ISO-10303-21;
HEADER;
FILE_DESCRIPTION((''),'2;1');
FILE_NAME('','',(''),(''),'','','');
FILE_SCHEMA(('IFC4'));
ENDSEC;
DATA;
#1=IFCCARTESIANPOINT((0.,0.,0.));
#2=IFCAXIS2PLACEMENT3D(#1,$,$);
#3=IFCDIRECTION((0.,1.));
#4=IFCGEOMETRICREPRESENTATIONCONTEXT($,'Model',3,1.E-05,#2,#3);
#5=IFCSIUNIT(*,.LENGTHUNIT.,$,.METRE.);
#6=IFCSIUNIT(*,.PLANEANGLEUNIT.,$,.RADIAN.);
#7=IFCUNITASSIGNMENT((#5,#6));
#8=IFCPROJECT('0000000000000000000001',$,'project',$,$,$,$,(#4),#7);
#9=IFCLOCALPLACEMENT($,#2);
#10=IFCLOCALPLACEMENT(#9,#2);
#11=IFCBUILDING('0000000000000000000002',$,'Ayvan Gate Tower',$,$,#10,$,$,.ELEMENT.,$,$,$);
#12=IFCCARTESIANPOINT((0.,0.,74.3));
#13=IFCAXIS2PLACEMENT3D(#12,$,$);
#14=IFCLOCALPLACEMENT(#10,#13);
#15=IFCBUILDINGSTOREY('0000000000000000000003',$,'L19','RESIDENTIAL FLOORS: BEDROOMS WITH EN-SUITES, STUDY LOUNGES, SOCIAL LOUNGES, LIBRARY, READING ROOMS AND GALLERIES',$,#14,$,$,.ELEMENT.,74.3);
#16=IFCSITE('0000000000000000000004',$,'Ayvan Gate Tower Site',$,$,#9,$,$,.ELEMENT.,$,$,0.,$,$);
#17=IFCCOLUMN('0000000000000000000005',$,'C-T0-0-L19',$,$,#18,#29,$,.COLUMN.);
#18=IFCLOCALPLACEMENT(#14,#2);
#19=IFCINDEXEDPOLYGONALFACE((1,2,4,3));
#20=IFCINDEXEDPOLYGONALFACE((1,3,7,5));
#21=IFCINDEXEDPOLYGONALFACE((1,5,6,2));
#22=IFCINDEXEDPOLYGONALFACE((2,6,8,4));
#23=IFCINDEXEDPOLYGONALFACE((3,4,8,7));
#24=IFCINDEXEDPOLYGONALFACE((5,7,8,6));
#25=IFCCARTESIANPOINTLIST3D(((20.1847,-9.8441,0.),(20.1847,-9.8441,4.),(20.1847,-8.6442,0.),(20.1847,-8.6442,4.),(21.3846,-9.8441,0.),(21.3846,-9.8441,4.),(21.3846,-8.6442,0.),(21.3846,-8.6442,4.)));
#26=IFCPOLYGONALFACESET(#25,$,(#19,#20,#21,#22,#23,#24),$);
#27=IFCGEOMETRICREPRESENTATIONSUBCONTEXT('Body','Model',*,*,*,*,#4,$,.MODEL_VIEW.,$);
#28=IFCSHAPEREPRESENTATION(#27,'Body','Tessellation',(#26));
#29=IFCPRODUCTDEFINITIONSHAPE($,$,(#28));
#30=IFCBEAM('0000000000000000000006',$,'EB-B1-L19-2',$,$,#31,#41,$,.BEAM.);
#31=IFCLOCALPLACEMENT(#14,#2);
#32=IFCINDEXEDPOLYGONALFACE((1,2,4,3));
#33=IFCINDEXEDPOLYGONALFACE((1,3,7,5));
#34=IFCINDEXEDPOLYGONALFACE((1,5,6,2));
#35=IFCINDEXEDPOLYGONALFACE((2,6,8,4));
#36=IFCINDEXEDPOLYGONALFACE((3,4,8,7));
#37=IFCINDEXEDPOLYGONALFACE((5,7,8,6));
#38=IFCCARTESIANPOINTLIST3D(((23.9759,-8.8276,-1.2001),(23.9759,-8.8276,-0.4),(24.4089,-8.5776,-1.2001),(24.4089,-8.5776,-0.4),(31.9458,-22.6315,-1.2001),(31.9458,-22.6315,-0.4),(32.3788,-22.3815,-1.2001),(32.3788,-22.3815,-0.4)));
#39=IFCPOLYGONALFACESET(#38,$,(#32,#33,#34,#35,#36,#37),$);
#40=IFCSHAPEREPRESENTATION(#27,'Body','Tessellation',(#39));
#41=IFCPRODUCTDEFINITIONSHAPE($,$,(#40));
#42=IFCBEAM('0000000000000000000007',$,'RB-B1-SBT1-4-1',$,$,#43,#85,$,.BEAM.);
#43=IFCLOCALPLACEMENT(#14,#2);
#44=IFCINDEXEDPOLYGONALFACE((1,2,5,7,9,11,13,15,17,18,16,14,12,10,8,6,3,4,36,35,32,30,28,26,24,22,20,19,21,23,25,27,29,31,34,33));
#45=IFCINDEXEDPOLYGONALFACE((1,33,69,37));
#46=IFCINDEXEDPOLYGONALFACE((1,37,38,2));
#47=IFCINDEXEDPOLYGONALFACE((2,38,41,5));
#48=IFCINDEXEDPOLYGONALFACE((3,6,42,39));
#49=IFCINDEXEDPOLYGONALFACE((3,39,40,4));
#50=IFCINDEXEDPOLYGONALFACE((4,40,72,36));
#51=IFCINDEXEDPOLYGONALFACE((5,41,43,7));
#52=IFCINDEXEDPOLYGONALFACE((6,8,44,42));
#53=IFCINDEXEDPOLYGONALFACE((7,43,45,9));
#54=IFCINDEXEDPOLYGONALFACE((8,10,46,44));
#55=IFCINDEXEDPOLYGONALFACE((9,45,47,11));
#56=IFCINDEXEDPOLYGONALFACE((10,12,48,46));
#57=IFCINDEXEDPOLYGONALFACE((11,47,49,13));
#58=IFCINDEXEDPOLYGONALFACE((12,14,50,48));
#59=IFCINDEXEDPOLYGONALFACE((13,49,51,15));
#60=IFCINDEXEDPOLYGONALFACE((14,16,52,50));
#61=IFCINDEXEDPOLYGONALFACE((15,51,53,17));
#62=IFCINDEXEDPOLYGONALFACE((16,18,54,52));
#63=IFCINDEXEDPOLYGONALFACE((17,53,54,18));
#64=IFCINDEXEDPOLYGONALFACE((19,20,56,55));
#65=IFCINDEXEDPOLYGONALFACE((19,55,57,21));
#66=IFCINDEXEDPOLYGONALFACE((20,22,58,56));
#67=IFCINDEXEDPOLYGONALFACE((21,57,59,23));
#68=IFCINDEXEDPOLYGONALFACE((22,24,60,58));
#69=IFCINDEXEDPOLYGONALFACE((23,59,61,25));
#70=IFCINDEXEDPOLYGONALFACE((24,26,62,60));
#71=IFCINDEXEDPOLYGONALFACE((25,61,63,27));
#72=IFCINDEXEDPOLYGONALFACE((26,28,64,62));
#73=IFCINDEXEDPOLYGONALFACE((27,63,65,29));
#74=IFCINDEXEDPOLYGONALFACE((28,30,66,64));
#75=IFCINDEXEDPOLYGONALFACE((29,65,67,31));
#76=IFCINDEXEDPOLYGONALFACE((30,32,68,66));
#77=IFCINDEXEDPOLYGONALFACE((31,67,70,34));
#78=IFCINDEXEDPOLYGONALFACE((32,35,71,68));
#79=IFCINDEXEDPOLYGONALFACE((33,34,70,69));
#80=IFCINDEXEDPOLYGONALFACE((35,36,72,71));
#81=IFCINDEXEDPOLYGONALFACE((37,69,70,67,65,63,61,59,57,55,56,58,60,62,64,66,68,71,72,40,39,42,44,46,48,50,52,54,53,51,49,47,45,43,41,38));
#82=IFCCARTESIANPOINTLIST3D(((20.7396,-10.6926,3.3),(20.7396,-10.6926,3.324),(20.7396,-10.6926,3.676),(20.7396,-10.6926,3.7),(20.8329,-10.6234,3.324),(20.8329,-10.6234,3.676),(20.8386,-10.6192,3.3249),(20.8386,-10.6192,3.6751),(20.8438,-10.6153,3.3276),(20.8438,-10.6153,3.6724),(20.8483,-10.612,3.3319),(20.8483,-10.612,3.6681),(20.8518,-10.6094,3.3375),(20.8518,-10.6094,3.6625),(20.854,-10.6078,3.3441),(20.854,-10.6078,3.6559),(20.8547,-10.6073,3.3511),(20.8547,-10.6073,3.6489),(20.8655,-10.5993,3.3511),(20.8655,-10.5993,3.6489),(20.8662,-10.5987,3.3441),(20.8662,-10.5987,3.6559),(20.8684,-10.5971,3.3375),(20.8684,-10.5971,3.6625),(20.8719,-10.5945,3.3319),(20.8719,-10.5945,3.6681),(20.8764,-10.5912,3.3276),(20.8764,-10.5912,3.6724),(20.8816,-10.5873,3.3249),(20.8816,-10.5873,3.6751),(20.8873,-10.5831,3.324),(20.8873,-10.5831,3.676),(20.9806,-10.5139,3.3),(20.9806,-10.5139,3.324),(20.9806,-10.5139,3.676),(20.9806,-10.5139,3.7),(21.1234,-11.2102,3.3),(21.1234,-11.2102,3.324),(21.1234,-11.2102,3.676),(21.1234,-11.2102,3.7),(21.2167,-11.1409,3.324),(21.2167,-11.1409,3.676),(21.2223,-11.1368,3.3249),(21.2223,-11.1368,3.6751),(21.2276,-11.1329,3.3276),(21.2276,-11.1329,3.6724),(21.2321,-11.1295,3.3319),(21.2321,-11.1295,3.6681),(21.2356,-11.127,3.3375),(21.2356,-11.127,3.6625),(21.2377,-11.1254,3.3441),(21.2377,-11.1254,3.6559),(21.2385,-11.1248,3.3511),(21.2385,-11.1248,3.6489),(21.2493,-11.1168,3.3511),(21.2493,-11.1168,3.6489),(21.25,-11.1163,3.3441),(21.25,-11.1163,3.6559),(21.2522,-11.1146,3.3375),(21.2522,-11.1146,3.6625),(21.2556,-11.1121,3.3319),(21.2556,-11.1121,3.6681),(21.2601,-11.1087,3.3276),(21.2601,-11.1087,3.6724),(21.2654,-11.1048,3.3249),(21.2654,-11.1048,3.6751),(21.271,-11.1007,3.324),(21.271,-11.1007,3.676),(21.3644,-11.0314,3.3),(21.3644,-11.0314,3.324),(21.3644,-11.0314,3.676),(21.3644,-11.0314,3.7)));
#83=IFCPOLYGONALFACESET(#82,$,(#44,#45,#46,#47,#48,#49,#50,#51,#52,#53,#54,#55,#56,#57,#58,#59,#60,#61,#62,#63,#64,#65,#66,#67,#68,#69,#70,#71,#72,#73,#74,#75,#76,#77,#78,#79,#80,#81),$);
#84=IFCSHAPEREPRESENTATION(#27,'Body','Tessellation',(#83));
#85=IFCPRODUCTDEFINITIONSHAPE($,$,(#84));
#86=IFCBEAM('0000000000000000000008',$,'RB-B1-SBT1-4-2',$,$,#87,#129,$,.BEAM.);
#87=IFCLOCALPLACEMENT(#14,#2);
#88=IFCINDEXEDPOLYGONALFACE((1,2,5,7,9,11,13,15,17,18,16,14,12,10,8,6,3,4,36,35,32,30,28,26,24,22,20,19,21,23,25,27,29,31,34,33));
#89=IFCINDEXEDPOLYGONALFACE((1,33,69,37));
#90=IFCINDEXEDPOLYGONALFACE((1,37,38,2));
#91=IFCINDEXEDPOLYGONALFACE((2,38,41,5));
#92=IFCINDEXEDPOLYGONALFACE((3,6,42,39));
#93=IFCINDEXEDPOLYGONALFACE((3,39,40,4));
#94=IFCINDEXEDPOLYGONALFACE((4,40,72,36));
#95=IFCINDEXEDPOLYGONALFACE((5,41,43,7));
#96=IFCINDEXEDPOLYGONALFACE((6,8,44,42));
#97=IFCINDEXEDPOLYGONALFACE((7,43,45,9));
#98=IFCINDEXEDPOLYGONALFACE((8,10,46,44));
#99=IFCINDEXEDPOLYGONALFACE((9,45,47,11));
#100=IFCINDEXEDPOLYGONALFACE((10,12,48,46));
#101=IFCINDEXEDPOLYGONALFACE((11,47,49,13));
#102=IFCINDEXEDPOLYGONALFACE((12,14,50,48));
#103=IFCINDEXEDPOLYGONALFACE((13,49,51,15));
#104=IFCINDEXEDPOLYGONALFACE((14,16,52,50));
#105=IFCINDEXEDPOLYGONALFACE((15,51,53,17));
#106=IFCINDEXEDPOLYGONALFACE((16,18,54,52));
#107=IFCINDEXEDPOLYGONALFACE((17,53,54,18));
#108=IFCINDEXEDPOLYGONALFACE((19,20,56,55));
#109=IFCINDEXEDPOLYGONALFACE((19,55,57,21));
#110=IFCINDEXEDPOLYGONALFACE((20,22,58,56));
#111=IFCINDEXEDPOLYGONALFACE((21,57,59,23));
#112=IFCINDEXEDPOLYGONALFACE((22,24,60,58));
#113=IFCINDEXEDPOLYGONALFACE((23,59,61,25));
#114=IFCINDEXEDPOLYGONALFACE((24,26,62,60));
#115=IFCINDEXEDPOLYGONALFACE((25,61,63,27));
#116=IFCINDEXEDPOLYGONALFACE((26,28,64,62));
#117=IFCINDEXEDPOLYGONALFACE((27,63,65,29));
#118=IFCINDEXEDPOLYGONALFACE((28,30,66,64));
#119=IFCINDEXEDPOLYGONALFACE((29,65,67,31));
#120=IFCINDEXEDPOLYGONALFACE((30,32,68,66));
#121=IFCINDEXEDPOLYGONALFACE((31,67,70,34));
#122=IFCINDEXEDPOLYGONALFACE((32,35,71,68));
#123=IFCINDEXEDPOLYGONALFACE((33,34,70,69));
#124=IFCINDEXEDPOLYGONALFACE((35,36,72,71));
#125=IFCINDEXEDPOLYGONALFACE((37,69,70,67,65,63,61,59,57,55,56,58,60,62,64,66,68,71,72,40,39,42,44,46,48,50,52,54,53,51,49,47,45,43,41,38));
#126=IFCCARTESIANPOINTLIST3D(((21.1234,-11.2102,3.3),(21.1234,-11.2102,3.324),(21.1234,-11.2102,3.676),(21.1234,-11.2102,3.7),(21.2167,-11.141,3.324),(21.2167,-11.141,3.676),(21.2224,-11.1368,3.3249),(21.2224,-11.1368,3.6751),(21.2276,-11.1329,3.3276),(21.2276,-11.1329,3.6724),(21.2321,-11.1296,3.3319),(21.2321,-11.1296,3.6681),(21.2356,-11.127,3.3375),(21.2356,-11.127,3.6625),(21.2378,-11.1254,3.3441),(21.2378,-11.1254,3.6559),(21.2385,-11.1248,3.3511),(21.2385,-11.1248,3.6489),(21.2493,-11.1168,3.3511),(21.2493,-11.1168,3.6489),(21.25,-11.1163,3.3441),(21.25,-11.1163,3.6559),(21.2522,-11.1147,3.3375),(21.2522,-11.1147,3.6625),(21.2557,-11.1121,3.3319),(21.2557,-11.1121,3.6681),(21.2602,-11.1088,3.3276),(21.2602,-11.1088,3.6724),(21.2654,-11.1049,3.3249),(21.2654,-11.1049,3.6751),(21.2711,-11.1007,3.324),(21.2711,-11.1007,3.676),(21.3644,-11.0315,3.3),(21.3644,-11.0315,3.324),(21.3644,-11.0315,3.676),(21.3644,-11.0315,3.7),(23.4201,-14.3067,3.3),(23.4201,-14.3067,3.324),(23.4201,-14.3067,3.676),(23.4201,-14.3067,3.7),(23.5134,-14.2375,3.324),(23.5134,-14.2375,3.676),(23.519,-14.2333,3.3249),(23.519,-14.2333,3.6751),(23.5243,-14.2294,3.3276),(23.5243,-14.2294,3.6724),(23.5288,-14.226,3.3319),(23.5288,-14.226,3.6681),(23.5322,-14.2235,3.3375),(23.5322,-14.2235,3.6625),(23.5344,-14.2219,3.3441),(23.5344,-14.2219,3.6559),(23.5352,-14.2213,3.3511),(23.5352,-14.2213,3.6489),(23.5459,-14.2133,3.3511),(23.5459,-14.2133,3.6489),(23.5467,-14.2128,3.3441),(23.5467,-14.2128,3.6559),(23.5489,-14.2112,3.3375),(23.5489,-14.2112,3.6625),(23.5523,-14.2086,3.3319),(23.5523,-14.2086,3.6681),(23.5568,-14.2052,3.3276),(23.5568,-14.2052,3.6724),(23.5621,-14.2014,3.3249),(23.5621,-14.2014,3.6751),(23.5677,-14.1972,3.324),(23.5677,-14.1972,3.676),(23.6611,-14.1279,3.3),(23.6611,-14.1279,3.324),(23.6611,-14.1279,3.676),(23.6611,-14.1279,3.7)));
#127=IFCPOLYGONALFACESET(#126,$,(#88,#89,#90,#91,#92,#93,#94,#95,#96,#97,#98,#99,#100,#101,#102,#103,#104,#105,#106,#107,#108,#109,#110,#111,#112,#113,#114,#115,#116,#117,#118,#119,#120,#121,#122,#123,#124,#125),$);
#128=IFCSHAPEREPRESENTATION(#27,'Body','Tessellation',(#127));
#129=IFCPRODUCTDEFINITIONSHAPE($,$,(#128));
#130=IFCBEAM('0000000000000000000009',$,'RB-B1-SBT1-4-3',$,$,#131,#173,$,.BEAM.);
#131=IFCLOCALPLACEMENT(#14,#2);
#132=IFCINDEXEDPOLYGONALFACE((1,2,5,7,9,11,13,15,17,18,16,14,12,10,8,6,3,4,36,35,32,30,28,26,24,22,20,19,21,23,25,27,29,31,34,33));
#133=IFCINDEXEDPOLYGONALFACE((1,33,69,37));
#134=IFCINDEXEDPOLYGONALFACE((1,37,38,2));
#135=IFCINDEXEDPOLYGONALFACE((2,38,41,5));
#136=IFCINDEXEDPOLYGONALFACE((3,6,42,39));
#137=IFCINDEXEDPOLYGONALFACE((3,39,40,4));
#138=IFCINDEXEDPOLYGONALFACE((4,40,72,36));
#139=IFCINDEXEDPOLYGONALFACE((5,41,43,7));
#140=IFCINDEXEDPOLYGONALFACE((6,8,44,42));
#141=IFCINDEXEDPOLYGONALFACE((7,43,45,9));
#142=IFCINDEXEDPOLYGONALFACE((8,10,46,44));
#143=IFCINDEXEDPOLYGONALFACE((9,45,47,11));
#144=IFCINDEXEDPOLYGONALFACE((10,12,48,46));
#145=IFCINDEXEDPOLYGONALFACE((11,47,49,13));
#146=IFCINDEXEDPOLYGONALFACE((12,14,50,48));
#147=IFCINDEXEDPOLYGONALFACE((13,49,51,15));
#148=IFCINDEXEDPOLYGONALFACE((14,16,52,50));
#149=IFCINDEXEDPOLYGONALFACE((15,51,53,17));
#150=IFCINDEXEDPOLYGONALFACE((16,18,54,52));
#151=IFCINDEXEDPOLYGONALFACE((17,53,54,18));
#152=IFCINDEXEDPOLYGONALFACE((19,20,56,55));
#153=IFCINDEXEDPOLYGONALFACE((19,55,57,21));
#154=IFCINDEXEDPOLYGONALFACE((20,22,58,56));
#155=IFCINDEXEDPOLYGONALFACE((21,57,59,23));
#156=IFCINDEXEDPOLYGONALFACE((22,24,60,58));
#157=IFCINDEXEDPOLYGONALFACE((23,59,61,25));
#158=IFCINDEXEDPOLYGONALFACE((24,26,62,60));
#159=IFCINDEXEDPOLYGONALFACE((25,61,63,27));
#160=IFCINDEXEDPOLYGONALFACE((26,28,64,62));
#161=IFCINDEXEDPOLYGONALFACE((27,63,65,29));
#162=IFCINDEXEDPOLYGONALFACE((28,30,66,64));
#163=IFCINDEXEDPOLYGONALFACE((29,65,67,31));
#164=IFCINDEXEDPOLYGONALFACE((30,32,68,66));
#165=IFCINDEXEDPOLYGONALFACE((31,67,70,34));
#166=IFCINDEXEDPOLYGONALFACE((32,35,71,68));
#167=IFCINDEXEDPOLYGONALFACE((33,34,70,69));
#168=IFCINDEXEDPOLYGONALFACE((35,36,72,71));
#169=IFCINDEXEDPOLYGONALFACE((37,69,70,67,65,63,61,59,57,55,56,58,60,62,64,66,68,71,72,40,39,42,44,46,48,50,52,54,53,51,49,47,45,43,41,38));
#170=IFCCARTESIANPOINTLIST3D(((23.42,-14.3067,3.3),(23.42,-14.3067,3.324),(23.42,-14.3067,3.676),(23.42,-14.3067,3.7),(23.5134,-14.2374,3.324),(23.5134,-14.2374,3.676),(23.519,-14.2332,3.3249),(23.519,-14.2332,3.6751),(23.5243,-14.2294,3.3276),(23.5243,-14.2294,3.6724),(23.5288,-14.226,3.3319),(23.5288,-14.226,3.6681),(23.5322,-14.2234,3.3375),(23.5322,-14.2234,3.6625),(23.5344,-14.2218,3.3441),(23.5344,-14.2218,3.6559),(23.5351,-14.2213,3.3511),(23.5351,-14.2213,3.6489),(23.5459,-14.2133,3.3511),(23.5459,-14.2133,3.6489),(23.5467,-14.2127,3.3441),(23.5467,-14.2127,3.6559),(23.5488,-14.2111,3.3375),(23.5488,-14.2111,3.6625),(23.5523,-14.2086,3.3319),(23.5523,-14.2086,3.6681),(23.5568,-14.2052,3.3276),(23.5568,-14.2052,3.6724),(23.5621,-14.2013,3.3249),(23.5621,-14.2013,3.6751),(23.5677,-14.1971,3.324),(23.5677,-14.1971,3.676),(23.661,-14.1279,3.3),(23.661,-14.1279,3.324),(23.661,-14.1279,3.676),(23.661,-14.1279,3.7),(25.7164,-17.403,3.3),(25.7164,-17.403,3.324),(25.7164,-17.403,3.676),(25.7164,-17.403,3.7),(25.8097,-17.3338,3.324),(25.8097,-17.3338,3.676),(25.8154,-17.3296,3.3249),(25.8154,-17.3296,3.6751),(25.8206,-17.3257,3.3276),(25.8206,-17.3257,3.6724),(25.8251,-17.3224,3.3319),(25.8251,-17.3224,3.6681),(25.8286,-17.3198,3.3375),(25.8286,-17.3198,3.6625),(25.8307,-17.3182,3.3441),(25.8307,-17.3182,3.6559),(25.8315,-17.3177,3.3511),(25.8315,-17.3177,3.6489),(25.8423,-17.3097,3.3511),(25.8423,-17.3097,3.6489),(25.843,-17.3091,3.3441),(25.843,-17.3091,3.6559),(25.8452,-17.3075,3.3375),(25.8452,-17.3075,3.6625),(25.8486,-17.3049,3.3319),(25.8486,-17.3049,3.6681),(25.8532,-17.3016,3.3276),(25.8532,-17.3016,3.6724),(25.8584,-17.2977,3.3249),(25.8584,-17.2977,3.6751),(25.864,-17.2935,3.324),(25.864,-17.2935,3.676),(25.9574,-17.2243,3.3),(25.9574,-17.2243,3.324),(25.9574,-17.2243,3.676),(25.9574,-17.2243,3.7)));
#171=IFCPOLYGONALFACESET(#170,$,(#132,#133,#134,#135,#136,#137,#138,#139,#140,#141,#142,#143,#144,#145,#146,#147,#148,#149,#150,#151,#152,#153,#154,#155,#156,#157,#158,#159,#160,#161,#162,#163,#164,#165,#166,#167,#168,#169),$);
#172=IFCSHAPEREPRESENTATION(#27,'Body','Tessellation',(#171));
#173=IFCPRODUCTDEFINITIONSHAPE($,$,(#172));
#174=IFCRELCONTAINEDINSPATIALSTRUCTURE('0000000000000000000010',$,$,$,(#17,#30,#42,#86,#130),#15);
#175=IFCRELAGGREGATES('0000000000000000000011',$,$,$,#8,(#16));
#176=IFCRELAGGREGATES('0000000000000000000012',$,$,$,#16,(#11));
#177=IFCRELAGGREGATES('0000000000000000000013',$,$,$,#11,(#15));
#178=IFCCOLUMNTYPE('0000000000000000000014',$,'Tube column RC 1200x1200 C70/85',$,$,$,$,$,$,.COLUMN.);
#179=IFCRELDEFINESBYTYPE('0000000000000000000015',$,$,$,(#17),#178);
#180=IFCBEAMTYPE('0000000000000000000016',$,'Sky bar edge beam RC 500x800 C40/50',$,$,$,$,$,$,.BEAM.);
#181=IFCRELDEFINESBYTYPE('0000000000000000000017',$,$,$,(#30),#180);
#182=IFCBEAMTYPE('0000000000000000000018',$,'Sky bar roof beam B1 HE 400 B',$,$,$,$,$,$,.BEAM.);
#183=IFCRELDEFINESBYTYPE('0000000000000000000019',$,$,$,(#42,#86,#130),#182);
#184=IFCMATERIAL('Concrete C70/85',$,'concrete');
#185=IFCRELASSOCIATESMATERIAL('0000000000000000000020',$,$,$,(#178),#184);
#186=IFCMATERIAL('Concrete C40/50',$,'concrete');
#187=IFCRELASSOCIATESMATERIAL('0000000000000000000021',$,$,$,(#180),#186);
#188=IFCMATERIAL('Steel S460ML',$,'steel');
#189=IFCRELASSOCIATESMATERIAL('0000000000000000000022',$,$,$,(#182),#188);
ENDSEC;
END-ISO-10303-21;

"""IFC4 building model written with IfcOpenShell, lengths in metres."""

from ifc_helpers import new_model, si_unit, direction, frame, origin, origin_2d, place, context, subcontext, project, spatial, rectangle, i_section, extrude, material, material_profile, profile_set, type_object, element, save


model = new_model("IFC4")

# Units and contexts
model_context = context("Model", 3, precision=1e-05, world=origin(), true_north=direction((0.0, 1.0)))
body_context = subcontext(model_context, "Body", "Model", "MODEL_VIEW")
ifc_project = project(units=[si_unit("LENGTHUNIT", "METRE"), si_unit("PLANEANGLEUNIT", "RADIAN")], contexts=[model_context])

# Site, building, storey
site_placement = place(None, origin())
site = spatial("IfcSite", under=ifc_project, at=site_placement, Name="Ayvan Gate Tower Site", CompositionType="ELEMENT", RefElevation=0.0)
building_placement = place(site_placement, origin())
building = spatial("IfcBuilding", under=site, at=building_placement, Name="Ayvan Gate Tower", CompositionType="ELEMENT")
storey_placement = place(building_placement, frame((0.0, 0.0, 74.3)))
storey = spatial("IfcBuildingStorey", under=building, at=storey_placement, Name="L19", Description="RESIDENTIAL FLOORS: BEDROOMS WITH EN-SUITES, STUDY LOUNGES, SOCIAL LOUNGES, LIBRARY, READING ROOMS AND GALLERIES", CompositionType="ELEMENT", Elevation=74.3)

# Column
ifc_material_1 = material(Name="Concrete C70/85", Category="concrete")
ifc_material_profile_1 = material_profile(ifc_material_1, rectangle(XDim=1.2, YDim=1.2, at=origin_2d()), Name="RC 1200x1200")
ifc_profile_set_1 = profile_set([ifc_material_profile_1], Name="Concrete C70/85")
column_type = type_object("IfcColumnType", Name="Tube column RC 1200x1200 C70/85", PredefinedType="COLUMN", material=ifc_profile_set_1)
column_placement = place(storey_placement, frame((20.7847, -9.2441, 0.0), z_axis=(0.0, 0.0, 1.0), x_axis=(1.0, 0.0, 0.0)))
element("IfcColumn", 1, at=column_placement, inside=storey, type_object=column_type, Name="C-T0-0-L19", PredefinedType="COLUMN", context=body_context, shape_type="SweptSolid", body=[
    extrude(rectangle(XDim=1.2, YDim=1.2, at=origin_2d()), origin(), (0.0, 0.0, 1.0), 4.0),
])

# Beams
ifc_material_2 = material(Name="Concrete C40/50", Category="concrete")
ifc_material_profile_2 = material_profile(ifc_material_2, rectangle(XDim=0.5, YDim=0.8, at=origin_2d()), Name="RC 500x800")
ifc_profile_set_2 = profile_set([ifc_material_profile_2], Name="Concrete C40/50")
beam_type_1 = type_object("IfcBeamType", Name="Sky bar edge beam RC 500x800 C40/50", PredefinedType="BEAM", material=ifc_profile_set_2)
beam_1_placement = place(storey_placement, frame((24.1924, -8.7026, -0.8), z_axis=(0.500012, -0.866019, 0.0), x_axis=(0.866019, 0.500012, 0.0)))
element("IfcBeam", 2, at=beam_1_placement, inside=storey, type_object=beam_type_1, Name="EB-B1-L19-2", PredefinedType="BEAM", context=body_context, shape_type="SweptSolid", body=[
    extrude(rectangle(XDim=0.5, YDim=0.8, at=origin_2d()), origin(), (0.0, 0.0, 1.0), 15.9395),
])
ifc_material_3 = material(Name="Steel S460ML", Category="steel")
ifc_material_profile_3 = material_profile(ifc_material_3, i_section(OverallWidth=0.3, OverallDepth=0.3999, WebThickness=0.0134, FlangeThickness=0.0239, FilletRadius=0.0271, at=origin_2d()), Name="HE 400 B")
ifc_profile_set_3 = profile_set([ifc_material_profile_3], Name="Steel S460ML")
beam_type_2 = type_object("IfcBeamType", Name="Sky bar roof beam B1 HE 400 B", PredefinedType="BEAM", material=ifc_profile_set_3)
beam_2_placement = place(storey_placement, frame((20.8601, -10.6033, 3.5), z_axis=(0.595626, -0.803262, 0.0), x_axis=(0.803262, 0.595626, 0.0)))
element("IfcBeam", 3, at=beam_2_placement, inside=storey, type_object=beam_type_2, Name="RB-B1-SBT1-4-1", PredefinedType="BEAM", context=body_context, shape_type="SweptSolid", body=[
    extrude(i_section(OverallWidth=0.3, OverallDepth=0.3999, WebThickness=0.0134, FlangeThickness=0.0239, FilletRadius=0.0271, at=origin_2d()), origin(), (0.0, 0.0, 1.0), 0.6443),
])
beam_3_placement = place(storey_placement, frame((21.2439, -11.1208, 3.5), z_axis=(0.595726, -0.803188, 0.0), x_axis=(0.803188, 0.595726, 0.0)))
element("IfcBeam", 4, at=beam_3_placement, inside=storey, type_object=beam_type_2, Name="RB-B1-SBT1-4-2", PredefinedType="BEAM", context=body_context, shape_type="SweptSolid", body=[
    extrude(i_section(OverallWidth=0.3, OverallDepth=0.3999, WebThickness=0.0134, FlangeThickness=0.0239, FilletRadius=0.0271, at=origin_2d()), origin(), (0.0, 0.0, 1.0), 3.8552),
])
beam_4_placement = place(storey_placement, frame((23.5405, -14.2173, 3.5), z_axis=(0.595685, -0.803218, 0.0), x_axis=(0.803218, 0.595685, 0.0)))
element("IfcBeam", 5, at=beam_4_placement, inside=storey, type_object=beam_type_2, Name="RB-B1-SBT1-4-3", PredefinedType="BEAM", context=body_context, shape_type="SweptSolid", body=[
    extrude(i_section(OverallWidth=0.3, OverallDepth=0.3999, WebThickness=0.0134, FlangeThickness=0.0239, FilletRadius=0.0271, at=origin_2d()), origin(), (0.0, 0.0, 1.0), 3.855),
])

save(model, "model.ifc")
